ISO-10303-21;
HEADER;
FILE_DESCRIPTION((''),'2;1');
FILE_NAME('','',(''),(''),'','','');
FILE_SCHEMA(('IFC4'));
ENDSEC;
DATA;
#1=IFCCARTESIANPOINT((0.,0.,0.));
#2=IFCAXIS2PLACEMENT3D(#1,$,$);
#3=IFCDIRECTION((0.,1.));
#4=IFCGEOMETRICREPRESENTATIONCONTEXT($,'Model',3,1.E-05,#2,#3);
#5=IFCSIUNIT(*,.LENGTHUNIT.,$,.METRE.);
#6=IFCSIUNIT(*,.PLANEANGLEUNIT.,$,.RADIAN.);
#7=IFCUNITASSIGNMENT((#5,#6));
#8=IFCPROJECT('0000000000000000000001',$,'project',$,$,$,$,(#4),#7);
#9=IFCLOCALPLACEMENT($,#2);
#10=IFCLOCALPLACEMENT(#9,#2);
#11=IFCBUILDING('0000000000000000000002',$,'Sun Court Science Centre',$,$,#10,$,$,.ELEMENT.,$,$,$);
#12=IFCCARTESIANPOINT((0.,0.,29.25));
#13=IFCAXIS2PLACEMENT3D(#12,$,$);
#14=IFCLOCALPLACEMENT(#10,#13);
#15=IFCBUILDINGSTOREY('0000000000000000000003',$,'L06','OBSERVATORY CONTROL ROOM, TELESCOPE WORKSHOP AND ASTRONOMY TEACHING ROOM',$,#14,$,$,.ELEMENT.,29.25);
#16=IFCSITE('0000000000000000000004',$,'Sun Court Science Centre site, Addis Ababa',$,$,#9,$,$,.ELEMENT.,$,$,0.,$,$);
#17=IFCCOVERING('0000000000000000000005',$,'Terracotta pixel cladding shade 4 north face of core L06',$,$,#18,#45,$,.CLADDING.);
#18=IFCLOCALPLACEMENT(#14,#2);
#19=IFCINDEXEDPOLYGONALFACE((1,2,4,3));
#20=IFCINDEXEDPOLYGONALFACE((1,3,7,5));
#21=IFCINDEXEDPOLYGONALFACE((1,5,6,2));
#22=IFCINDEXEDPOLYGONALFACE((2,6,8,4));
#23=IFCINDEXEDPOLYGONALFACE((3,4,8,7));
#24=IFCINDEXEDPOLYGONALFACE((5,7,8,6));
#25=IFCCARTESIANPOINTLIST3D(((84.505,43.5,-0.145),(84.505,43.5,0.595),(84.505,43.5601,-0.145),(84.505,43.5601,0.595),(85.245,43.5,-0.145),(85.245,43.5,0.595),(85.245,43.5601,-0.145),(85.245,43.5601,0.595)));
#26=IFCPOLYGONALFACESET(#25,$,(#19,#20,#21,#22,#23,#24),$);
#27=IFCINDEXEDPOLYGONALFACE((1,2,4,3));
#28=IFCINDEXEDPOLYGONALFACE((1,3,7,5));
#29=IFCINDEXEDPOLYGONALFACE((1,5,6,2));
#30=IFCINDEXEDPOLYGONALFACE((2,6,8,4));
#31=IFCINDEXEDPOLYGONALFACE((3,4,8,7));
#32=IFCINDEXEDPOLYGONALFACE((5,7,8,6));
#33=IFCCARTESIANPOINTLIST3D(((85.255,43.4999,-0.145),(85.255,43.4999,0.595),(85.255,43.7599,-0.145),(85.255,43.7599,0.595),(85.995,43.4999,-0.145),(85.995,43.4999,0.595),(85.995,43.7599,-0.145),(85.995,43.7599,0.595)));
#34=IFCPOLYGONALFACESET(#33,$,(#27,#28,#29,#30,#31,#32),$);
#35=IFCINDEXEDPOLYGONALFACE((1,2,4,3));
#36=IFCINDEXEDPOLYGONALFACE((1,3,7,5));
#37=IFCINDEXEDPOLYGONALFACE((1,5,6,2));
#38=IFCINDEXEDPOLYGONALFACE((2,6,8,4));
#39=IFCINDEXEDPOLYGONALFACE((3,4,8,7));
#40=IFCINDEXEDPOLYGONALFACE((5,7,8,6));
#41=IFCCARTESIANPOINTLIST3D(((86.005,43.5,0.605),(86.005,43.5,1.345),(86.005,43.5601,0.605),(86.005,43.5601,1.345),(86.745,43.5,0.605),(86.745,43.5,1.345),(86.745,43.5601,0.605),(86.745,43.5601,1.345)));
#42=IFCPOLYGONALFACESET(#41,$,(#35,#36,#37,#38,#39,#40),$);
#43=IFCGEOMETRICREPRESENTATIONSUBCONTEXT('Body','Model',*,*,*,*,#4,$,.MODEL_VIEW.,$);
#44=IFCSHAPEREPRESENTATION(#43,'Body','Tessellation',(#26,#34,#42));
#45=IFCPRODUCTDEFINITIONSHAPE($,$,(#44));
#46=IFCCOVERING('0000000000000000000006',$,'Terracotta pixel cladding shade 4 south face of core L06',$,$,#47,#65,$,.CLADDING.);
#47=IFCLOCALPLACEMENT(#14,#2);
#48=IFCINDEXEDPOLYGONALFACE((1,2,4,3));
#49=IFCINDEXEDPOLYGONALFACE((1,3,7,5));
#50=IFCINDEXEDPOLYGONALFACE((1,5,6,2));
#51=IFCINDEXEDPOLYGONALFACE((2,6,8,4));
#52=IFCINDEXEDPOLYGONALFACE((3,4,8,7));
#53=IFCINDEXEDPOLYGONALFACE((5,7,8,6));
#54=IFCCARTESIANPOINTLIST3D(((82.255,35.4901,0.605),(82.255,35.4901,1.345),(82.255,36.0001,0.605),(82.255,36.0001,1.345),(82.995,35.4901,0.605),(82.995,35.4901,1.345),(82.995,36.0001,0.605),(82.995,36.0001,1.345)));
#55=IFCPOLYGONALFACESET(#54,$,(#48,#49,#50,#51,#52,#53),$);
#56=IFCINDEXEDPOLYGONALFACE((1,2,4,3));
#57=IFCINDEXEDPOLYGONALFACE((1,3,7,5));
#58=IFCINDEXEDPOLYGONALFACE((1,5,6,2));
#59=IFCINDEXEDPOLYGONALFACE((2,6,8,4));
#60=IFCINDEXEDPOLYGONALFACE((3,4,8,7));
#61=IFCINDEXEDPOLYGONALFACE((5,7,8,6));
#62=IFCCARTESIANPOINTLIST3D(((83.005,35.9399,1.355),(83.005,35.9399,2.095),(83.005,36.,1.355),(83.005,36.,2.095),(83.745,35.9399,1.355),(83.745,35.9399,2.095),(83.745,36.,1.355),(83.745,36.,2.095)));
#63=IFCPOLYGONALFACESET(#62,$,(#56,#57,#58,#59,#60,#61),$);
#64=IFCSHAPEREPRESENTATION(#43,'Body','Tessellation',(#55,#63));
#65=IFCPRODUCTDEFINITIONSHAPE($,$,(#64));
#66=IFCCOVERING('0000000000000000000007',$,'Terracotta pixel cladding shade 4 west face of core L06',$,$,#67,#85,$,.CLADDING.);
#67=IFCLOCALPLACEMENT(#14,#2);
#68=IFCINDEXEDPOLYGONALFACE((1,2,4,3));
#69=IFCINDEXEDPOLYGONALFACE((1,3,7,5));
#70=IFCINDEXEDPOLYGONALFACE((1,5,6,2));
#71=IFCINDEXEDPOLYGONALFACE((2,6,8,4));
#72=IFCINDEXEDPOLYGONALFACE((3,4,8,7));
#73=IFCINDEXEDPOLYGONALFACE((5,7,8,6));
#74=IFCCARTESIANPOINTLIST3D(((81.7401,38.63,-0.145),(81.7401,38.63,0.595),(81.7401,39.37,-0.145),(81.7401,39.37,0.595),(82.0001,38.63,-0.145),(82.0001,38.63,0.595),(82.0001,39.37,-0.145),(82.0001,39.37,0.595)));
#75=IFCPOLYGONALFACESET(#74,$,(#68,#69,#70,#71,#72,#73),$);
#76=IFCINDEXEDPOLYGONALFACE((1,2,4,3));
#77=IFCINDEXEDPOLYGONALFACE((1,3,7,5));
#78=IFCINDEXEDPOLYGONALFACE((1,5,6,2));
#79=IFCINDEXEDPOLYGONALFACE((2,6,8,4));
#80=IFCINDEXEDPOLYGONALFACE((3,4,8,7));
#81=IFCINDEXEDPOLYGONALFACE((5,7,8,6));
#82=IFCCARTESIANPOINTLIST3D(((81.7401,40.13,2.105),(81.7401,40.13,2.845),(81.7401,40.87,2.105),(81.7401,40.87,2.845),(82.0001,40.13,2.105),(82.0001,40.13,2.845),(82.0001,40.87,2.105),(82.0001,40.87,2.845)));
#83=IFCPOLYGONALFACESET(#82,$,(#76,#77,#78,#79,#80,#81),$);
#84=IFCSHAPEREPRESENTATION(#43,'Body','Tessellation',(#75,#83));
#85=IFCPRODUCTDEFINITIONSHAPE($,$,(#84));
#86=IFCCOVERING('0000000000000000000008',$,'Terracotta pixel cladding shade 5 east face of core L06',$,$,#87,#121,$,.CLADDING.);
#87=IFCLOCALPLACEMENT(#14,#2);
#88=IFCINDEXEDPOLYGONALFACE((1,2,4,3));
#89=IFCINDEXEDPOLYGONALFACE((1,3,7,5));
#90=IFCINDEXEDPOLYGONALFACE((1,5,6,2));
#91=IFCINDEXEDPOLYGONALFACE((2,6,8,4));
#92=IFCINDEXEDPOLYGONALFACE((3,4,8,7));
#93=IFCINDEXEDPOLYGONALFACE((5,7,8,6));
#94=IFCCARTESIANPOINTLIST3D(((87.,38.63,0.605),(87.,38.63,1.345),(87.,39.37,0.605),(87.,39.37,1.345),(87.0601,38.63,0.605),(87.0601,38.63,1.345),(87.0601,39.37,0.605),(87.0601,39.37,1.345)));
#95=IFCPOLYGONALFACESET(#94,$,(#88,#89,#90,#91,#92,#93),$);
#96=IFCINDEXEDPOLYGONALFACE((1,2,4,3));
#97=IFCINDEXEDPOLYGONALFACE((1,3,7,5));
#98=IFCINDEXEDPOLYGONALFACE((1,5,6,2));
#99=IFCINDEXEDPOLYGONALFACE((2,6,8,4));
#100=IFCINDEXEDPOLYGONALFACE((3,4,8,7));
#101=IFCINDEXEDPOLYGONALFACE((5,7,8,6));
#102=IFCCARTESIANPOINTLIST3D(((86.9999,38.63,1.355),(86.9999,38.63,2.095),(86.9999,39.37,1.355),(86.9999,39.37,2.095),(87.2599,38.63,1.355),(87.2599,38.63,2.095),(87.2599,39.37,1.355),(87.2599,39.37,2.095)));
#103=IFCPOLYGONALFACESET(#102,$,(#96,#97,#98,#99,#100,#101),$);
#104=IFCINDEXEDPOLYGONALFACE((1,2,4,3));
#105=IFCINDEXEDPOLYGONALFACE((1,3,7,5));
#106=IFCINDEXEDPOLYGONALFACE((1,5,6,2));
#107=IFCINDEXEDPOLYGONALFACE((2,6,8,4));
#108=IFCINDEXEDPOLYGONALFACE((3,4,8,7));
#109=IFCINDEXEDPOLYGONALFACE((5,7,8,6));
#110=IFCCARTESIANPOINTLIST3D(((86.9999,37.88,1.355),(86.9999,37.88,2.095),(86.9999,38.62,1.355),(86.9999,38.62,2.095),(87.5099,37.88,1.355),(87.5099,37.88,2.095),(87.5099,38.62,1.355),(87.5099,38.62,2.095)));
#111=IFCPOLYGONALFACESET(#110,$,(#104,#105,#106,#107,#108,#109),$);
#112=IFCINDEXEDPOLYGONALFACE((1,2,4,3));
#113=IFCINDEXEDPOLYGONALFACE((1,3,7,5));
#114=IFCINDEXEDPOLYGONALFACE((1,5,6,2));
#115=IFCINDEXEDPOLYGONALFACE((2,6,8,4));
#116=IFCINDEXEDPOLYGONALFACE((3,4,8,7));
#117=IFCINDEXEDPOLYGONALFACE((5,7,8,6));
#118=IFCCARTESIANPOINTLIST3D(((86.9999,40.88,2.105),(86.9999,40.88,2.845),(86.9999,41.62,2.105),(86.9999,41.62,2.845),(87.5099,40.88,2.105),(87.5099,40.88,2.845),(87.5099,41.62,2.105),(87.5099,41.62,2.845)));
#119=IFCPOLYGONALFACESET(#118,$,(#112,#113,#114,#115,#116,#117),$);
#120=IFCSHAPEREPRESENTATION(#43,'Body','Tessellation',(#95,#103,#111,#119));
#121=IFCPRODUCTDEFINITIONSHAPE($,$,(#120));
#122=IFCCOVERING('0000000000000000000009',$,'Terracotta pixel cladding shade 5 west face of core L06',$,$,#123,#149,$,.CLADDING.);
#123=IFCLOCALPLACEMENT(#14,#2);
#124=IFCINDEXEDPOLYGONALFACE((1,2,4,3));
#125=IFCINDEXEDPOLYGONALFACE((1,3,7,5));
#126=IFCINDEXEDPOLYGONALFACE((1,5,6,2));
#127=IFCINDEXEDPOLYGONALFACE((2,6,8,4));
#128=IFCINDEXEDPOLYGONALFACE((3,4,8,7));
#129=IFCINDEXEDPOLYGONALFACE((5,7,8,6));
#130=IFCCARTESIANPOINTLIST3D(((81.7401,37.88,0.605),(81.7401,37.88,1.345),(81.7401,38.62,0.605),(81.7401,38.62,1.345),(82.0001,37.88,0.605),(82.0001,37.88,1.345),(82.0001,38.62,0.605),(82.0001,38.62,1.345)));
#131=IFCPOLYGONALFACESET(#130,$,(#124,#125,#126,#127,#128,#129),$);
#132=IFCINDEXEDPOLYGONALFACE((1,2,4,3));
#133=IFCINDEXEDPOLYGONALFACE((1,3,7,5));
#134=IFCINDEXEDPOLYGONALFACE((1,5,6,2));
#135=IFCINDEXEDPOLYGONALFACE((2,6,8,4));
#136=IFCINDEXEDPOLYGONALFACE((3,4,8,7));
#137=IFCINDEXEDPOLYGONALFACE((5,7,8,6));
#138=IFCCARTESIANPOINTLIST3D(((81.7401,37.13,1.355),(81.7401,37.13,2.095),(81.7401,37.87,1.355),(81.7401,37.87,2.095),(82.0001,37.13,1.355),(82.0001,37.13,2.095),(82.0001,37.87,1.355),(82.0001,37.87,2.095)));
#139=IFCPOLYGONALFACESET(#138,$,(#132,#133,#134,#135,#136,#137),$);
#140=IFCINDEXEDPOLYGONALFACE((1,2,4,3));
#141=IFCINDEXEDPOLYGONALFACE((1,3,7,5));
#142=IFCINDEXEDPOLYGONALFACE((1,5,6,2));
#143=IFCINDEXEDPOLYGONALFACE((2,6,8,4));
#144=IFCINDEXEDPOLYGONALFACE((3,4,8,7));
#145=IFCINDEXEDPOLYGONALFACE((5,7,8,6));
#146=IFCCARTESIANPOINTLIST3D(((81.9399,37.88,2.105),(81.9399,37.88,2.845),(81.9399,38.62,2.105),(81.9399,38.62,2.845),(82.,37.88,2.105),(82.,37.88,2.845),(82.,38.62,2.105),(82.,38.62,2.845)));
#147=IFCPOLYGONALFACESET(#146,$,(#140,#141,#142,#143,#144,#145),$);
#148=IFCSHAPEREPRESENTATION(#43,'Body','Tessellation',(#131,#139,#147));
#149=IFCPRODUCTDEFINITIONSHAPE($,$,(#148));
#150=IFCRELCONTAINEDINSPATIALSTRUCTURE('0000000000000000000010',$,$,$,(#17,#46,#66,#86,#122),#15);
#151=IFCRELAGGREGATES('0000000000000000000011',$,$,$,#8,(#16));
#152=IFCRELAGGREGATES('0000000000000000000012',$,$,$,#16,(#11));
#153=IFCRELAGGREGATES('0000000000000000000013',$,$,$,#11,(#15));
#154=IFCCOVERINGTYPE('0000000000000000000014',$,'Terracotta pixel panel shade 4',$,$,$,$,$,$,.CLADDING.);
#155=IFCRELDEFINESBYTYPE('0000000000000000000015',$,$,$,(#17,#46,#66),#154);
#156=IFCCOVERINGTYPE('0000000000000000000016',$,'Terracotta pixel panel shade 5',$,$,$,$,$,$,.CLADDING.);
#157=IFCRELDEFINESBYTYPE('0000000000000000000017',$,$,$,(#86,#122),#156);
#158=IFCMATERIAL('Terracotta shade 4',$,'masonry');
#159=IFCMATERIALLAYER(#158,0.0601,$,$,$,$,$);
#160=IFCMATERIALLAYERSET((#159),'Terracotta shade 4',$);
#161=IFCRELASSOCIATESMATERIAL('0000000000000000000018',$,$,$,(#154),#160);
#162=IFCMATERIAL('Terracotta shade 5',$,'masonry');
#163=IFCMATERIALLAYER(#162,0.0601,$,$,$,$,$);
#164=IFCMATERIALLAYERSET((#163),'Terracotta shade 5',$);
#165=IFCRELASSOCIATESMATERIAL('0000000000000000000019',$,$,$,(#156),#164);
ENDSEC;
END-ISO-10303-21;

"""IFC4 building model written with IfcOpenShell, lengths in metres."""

from ifc_helpers import new_model, si_unit, direction, frame, origin, origin_2d, place, context, subcontext, project, spatial, rectangle, extrude, material, layer, layer_set, type_object, element, save


model = new_model("IFC4")

# Units and contexts
model_context = context("Model", 3, precision=1e-05, world=origin(), true_north=direction((0.0, 1.0)))
body_context = subcontext(model_context, "Body", "Model", "MODEL_VIEW")
ifc_project = project(units=[si_unit("LENGTHUNIT", "METRE"), si_unit("PLANEANGLEUNIT", "RADIAN")], contexts=[model_context])

# Site, building, storey
site_placement = place(None, origin())
site = spatial("IfcSite", under=ifc_project, at=site_placement, Name="Sun Court Science Centre site, Addis Ababa", CompositionType="ELEMENT", RefElevation=0.0)
building_placement = place(site_placement, origin())
building = spatial("IfcBuilding", under=site, at=building_placement, Name="Sun Court Science Centre", CompositionType="ELEMENT")
storey_placement = place(building_placement, frame((0.0, 0.0, 29.25)))
storey = spatial("IfcBuildingStorey", under=building, at=storey_placement, Name="L06", Description="OBSERVATORY CONTROL ROOM, TELESCOPE WORKSHOP AND ASTRONOMY TEACHING ROOM", CompositionType="ELEMENT", Elevation=29.25)

# Coverings
ifc_material_1 = material(Name="Terracotta shade 4", Category="masonry")
ifc_layer_1 = layer(ifc_material_1, 0.0601)
ifc_layer_set_1 = layer_set([ifc_layer_1], Name="Terracotta shade 4")
covering_type_1 = type_object("IfcCoveringType", Name="Terracotta pixel panel shade 4", PredefinedType="CLADDING", material=ifc_layer_set_1)
covering_1_placement = place(storey_placement, frame((0.0, 0.0, -29.25)))
element("IfcCovering", 1, at=covering_1_placement, inside=storey, type_object=covering_type_1, Name="Terracotta pixel cladding shade 4 north face of core L06", PredefinedType="CLADDING", context=body_context, shape_type="SweptSolid", body=[
    extrude(rectangle(XDim=0.74, YDim=0.0601, at=origin_2d()), frame((84.875, 43.53, 29.105), z_axis=(0.0, 0.0, 1.0), x_axis=(1.0, 0.0, 0.0)), (0.0, 0.0, 1.0), 0.74),
    extrude(rectangle(XDim=0.74, YDim=0.26, at=origin_2d()), frame((85.625, 43.6299, 29.105), z_axis=(0.0, 0.0, 1.0), x_axis=(1.0, 0.0, 0.0)), (0.0, 0.0, 1.0), 0.74),
    extrude(rectangle(XDim=0.74, YDim=0.0601, at=origin_2d()), frame((86.375, 43.53, 29.855), z_axis=(0.0, 0.0, 1.0), x_axis=(1.0, 0.0, 0.0)), (0.0, 0.0, 1.0), 0.74),
])
covering_2_placement = place(storey_placement, frame((0.0, 0.0, -29.25)))
element("IfcCovering", 2, at=covering_2_placement, inside=storey, type_object=covering_type_1, Name="Terracotta pixel cladding shade 4 south face of core L06", PredefinedType="CLADDING", context=body_context, shape_type="SweptSolid", body=[
    extrude(rectangle(XDim=0.74, YDim=0.51, at=origin_2d()), frame((82.625, 35.7451, 29.855), z_axis=(0.0, 0.0, 1.0), x_axis=(-1.0, 0.0, 0.0)), (0.0, 0.0, 1.0), 0.74),
    extrude(rectangle(XDim=0.74, YDim=0.0601, at=origin_2d()), frame((83.375, 35.97, 30.605), z_axis=(0.0, 0.0, 1.0), x_axis=(-1.0, 0.0, 0.0)), (0.0, 0.0, 1.0), 0.74),
])
covering_3_placement = place(storey_placement, frame((0.0, 0.0, -29.25)))
element("IfcCovering", 3, at=covering_3_placement, inside=storey, type_object=covering_type_1, Name="Terracotta pixel cladding shade 4 west face of core L06", PredefinedType="CLADDING", context=body_context, shape_type="SweptSolid", body=[
    extrude(rectangle(XDim=0.74, YDim=0.26, at=origin_2d()), frame((81.8701, 39.0, 29.105), z_axis=(0.0, 0.0, 1.0), x_axis=(0.0, 1.0, 0.0)), (0.0, 0.0, 1.0), 0.74),
    extrude(rectangle(XDim=0.74, YDim=0.26, at=origin_2d()), frame((81.8701, 40.5, 31.355), z_axis=(0.0, 0.0, 1.0), x_axis=(0.0, 1.0, 0.0)), (0.0, 0.0, 1.0), 0.74),
])
ifc_material_2 = material(Name="Terracotta shade 5", Category="masonry")
ifc_layer_2 = layer(ifc_material_2, 0.0601)
ifc_layer_set_2 = layer_set([ifc_layer_2], Name="Terracotta shade 5")
covering_type_2 = type_object("IfcCoveringType", Name="Terracotta pixel panel shade 5", PredefinedType="CLADDING", material=ifc_layer_set_2)
covering_4_placement = place(storey_placement, frame((0.0, 0.0, -29.25)))
element("IfcCovering", 4, at=covering_4_placement, inside=storey, type_object=covering_type_2, Name="Terracotta pixel cladding shade 5 east face of core L06", PredefinedType="CLADDING", context=body_context, shape_type="SweptSolid", body=[
    extrude(rectangle(XDim=0.74, YDim=0.0601, at=origin_2d()), frame((87.03, 39.0, 29.855), z_axis=(0.0, 0.0, 1.0), x_axis=(0.0, -1.0, 0.0)), (0.0, 0.0, 1.0), 0.74),
    extrude(rectangle(XDim=0.74, YDim=0.26, at=origin_2d()), frame((87.1299, 39.0, 30.605), z_axis=(0.0, 0.0, 1.0), x_axis=(0.0, -1.0, 0.0)), (0.0, 0.0, 1.0), 0.74),
    extrude(rectangle(XDim=0.74, YDim=0.51, at=origin_2d()), frame((87.2549, 38.25, 30.605), z_axis=(0.0, 0.0, 1.0), x_axis=(0.0, -1.0, 0.0)), (0.0, 0.0, 1.0), 0.74),
    extrude(rectangle(XDim=0.74, YDim=0.51, at=origin_2d()), frame((87.2549, 41.25, 31.355), z_axis=(0.0, 0.0, 1.0), x_axis=(0.0, -1.0, 0.0)), (0.0, 0.0, 1.0), 0.74),
])
covering_5_placement = place(storey_placement, frame((0.0, 0.0, -29.25)))
element("IfcCovering", 5, at=covering_5_placement, inside=storey, type_object=covering_type_2, Name="Terracotta pixel cladding shade 5 west face of core L06", PredefinedType="CLADDING", context=body_context, shape_type="SweptSolid", body=[
    extrude(rectangle(XDim=0.74, YDim=0.26, at=origin_2d()), frame((81.8701, 38.25, 29.855), z_axis=(0.0, 0.0, 1.0), x_axis=(0.0, 1.0, 0.0)), (0.0, 0.0, 1.0), 0.74),
    extrude(rectangle(XDim=0.74, YDim=0.26, at=origin_2d()), frame((81.8701, 37.5, 30.605), z_axis=(0.0, 0.0, 1.0), x_axis=(0.0, 1.0, 0.0)), (0.0, 0.0, 1.0), 0.74),
    extrude(rectangle(XDim=0.74, YDim=0.0601, at=origin_2d()), frame((81.97, 38.25, 31.355), z_axis=(0.0, 0.0, 1.0), x_axis=(0.0, 1.0, 0.0)), (0.0, 0.0, 1.0), 0.74),
])

save(model, "model.ifc")
